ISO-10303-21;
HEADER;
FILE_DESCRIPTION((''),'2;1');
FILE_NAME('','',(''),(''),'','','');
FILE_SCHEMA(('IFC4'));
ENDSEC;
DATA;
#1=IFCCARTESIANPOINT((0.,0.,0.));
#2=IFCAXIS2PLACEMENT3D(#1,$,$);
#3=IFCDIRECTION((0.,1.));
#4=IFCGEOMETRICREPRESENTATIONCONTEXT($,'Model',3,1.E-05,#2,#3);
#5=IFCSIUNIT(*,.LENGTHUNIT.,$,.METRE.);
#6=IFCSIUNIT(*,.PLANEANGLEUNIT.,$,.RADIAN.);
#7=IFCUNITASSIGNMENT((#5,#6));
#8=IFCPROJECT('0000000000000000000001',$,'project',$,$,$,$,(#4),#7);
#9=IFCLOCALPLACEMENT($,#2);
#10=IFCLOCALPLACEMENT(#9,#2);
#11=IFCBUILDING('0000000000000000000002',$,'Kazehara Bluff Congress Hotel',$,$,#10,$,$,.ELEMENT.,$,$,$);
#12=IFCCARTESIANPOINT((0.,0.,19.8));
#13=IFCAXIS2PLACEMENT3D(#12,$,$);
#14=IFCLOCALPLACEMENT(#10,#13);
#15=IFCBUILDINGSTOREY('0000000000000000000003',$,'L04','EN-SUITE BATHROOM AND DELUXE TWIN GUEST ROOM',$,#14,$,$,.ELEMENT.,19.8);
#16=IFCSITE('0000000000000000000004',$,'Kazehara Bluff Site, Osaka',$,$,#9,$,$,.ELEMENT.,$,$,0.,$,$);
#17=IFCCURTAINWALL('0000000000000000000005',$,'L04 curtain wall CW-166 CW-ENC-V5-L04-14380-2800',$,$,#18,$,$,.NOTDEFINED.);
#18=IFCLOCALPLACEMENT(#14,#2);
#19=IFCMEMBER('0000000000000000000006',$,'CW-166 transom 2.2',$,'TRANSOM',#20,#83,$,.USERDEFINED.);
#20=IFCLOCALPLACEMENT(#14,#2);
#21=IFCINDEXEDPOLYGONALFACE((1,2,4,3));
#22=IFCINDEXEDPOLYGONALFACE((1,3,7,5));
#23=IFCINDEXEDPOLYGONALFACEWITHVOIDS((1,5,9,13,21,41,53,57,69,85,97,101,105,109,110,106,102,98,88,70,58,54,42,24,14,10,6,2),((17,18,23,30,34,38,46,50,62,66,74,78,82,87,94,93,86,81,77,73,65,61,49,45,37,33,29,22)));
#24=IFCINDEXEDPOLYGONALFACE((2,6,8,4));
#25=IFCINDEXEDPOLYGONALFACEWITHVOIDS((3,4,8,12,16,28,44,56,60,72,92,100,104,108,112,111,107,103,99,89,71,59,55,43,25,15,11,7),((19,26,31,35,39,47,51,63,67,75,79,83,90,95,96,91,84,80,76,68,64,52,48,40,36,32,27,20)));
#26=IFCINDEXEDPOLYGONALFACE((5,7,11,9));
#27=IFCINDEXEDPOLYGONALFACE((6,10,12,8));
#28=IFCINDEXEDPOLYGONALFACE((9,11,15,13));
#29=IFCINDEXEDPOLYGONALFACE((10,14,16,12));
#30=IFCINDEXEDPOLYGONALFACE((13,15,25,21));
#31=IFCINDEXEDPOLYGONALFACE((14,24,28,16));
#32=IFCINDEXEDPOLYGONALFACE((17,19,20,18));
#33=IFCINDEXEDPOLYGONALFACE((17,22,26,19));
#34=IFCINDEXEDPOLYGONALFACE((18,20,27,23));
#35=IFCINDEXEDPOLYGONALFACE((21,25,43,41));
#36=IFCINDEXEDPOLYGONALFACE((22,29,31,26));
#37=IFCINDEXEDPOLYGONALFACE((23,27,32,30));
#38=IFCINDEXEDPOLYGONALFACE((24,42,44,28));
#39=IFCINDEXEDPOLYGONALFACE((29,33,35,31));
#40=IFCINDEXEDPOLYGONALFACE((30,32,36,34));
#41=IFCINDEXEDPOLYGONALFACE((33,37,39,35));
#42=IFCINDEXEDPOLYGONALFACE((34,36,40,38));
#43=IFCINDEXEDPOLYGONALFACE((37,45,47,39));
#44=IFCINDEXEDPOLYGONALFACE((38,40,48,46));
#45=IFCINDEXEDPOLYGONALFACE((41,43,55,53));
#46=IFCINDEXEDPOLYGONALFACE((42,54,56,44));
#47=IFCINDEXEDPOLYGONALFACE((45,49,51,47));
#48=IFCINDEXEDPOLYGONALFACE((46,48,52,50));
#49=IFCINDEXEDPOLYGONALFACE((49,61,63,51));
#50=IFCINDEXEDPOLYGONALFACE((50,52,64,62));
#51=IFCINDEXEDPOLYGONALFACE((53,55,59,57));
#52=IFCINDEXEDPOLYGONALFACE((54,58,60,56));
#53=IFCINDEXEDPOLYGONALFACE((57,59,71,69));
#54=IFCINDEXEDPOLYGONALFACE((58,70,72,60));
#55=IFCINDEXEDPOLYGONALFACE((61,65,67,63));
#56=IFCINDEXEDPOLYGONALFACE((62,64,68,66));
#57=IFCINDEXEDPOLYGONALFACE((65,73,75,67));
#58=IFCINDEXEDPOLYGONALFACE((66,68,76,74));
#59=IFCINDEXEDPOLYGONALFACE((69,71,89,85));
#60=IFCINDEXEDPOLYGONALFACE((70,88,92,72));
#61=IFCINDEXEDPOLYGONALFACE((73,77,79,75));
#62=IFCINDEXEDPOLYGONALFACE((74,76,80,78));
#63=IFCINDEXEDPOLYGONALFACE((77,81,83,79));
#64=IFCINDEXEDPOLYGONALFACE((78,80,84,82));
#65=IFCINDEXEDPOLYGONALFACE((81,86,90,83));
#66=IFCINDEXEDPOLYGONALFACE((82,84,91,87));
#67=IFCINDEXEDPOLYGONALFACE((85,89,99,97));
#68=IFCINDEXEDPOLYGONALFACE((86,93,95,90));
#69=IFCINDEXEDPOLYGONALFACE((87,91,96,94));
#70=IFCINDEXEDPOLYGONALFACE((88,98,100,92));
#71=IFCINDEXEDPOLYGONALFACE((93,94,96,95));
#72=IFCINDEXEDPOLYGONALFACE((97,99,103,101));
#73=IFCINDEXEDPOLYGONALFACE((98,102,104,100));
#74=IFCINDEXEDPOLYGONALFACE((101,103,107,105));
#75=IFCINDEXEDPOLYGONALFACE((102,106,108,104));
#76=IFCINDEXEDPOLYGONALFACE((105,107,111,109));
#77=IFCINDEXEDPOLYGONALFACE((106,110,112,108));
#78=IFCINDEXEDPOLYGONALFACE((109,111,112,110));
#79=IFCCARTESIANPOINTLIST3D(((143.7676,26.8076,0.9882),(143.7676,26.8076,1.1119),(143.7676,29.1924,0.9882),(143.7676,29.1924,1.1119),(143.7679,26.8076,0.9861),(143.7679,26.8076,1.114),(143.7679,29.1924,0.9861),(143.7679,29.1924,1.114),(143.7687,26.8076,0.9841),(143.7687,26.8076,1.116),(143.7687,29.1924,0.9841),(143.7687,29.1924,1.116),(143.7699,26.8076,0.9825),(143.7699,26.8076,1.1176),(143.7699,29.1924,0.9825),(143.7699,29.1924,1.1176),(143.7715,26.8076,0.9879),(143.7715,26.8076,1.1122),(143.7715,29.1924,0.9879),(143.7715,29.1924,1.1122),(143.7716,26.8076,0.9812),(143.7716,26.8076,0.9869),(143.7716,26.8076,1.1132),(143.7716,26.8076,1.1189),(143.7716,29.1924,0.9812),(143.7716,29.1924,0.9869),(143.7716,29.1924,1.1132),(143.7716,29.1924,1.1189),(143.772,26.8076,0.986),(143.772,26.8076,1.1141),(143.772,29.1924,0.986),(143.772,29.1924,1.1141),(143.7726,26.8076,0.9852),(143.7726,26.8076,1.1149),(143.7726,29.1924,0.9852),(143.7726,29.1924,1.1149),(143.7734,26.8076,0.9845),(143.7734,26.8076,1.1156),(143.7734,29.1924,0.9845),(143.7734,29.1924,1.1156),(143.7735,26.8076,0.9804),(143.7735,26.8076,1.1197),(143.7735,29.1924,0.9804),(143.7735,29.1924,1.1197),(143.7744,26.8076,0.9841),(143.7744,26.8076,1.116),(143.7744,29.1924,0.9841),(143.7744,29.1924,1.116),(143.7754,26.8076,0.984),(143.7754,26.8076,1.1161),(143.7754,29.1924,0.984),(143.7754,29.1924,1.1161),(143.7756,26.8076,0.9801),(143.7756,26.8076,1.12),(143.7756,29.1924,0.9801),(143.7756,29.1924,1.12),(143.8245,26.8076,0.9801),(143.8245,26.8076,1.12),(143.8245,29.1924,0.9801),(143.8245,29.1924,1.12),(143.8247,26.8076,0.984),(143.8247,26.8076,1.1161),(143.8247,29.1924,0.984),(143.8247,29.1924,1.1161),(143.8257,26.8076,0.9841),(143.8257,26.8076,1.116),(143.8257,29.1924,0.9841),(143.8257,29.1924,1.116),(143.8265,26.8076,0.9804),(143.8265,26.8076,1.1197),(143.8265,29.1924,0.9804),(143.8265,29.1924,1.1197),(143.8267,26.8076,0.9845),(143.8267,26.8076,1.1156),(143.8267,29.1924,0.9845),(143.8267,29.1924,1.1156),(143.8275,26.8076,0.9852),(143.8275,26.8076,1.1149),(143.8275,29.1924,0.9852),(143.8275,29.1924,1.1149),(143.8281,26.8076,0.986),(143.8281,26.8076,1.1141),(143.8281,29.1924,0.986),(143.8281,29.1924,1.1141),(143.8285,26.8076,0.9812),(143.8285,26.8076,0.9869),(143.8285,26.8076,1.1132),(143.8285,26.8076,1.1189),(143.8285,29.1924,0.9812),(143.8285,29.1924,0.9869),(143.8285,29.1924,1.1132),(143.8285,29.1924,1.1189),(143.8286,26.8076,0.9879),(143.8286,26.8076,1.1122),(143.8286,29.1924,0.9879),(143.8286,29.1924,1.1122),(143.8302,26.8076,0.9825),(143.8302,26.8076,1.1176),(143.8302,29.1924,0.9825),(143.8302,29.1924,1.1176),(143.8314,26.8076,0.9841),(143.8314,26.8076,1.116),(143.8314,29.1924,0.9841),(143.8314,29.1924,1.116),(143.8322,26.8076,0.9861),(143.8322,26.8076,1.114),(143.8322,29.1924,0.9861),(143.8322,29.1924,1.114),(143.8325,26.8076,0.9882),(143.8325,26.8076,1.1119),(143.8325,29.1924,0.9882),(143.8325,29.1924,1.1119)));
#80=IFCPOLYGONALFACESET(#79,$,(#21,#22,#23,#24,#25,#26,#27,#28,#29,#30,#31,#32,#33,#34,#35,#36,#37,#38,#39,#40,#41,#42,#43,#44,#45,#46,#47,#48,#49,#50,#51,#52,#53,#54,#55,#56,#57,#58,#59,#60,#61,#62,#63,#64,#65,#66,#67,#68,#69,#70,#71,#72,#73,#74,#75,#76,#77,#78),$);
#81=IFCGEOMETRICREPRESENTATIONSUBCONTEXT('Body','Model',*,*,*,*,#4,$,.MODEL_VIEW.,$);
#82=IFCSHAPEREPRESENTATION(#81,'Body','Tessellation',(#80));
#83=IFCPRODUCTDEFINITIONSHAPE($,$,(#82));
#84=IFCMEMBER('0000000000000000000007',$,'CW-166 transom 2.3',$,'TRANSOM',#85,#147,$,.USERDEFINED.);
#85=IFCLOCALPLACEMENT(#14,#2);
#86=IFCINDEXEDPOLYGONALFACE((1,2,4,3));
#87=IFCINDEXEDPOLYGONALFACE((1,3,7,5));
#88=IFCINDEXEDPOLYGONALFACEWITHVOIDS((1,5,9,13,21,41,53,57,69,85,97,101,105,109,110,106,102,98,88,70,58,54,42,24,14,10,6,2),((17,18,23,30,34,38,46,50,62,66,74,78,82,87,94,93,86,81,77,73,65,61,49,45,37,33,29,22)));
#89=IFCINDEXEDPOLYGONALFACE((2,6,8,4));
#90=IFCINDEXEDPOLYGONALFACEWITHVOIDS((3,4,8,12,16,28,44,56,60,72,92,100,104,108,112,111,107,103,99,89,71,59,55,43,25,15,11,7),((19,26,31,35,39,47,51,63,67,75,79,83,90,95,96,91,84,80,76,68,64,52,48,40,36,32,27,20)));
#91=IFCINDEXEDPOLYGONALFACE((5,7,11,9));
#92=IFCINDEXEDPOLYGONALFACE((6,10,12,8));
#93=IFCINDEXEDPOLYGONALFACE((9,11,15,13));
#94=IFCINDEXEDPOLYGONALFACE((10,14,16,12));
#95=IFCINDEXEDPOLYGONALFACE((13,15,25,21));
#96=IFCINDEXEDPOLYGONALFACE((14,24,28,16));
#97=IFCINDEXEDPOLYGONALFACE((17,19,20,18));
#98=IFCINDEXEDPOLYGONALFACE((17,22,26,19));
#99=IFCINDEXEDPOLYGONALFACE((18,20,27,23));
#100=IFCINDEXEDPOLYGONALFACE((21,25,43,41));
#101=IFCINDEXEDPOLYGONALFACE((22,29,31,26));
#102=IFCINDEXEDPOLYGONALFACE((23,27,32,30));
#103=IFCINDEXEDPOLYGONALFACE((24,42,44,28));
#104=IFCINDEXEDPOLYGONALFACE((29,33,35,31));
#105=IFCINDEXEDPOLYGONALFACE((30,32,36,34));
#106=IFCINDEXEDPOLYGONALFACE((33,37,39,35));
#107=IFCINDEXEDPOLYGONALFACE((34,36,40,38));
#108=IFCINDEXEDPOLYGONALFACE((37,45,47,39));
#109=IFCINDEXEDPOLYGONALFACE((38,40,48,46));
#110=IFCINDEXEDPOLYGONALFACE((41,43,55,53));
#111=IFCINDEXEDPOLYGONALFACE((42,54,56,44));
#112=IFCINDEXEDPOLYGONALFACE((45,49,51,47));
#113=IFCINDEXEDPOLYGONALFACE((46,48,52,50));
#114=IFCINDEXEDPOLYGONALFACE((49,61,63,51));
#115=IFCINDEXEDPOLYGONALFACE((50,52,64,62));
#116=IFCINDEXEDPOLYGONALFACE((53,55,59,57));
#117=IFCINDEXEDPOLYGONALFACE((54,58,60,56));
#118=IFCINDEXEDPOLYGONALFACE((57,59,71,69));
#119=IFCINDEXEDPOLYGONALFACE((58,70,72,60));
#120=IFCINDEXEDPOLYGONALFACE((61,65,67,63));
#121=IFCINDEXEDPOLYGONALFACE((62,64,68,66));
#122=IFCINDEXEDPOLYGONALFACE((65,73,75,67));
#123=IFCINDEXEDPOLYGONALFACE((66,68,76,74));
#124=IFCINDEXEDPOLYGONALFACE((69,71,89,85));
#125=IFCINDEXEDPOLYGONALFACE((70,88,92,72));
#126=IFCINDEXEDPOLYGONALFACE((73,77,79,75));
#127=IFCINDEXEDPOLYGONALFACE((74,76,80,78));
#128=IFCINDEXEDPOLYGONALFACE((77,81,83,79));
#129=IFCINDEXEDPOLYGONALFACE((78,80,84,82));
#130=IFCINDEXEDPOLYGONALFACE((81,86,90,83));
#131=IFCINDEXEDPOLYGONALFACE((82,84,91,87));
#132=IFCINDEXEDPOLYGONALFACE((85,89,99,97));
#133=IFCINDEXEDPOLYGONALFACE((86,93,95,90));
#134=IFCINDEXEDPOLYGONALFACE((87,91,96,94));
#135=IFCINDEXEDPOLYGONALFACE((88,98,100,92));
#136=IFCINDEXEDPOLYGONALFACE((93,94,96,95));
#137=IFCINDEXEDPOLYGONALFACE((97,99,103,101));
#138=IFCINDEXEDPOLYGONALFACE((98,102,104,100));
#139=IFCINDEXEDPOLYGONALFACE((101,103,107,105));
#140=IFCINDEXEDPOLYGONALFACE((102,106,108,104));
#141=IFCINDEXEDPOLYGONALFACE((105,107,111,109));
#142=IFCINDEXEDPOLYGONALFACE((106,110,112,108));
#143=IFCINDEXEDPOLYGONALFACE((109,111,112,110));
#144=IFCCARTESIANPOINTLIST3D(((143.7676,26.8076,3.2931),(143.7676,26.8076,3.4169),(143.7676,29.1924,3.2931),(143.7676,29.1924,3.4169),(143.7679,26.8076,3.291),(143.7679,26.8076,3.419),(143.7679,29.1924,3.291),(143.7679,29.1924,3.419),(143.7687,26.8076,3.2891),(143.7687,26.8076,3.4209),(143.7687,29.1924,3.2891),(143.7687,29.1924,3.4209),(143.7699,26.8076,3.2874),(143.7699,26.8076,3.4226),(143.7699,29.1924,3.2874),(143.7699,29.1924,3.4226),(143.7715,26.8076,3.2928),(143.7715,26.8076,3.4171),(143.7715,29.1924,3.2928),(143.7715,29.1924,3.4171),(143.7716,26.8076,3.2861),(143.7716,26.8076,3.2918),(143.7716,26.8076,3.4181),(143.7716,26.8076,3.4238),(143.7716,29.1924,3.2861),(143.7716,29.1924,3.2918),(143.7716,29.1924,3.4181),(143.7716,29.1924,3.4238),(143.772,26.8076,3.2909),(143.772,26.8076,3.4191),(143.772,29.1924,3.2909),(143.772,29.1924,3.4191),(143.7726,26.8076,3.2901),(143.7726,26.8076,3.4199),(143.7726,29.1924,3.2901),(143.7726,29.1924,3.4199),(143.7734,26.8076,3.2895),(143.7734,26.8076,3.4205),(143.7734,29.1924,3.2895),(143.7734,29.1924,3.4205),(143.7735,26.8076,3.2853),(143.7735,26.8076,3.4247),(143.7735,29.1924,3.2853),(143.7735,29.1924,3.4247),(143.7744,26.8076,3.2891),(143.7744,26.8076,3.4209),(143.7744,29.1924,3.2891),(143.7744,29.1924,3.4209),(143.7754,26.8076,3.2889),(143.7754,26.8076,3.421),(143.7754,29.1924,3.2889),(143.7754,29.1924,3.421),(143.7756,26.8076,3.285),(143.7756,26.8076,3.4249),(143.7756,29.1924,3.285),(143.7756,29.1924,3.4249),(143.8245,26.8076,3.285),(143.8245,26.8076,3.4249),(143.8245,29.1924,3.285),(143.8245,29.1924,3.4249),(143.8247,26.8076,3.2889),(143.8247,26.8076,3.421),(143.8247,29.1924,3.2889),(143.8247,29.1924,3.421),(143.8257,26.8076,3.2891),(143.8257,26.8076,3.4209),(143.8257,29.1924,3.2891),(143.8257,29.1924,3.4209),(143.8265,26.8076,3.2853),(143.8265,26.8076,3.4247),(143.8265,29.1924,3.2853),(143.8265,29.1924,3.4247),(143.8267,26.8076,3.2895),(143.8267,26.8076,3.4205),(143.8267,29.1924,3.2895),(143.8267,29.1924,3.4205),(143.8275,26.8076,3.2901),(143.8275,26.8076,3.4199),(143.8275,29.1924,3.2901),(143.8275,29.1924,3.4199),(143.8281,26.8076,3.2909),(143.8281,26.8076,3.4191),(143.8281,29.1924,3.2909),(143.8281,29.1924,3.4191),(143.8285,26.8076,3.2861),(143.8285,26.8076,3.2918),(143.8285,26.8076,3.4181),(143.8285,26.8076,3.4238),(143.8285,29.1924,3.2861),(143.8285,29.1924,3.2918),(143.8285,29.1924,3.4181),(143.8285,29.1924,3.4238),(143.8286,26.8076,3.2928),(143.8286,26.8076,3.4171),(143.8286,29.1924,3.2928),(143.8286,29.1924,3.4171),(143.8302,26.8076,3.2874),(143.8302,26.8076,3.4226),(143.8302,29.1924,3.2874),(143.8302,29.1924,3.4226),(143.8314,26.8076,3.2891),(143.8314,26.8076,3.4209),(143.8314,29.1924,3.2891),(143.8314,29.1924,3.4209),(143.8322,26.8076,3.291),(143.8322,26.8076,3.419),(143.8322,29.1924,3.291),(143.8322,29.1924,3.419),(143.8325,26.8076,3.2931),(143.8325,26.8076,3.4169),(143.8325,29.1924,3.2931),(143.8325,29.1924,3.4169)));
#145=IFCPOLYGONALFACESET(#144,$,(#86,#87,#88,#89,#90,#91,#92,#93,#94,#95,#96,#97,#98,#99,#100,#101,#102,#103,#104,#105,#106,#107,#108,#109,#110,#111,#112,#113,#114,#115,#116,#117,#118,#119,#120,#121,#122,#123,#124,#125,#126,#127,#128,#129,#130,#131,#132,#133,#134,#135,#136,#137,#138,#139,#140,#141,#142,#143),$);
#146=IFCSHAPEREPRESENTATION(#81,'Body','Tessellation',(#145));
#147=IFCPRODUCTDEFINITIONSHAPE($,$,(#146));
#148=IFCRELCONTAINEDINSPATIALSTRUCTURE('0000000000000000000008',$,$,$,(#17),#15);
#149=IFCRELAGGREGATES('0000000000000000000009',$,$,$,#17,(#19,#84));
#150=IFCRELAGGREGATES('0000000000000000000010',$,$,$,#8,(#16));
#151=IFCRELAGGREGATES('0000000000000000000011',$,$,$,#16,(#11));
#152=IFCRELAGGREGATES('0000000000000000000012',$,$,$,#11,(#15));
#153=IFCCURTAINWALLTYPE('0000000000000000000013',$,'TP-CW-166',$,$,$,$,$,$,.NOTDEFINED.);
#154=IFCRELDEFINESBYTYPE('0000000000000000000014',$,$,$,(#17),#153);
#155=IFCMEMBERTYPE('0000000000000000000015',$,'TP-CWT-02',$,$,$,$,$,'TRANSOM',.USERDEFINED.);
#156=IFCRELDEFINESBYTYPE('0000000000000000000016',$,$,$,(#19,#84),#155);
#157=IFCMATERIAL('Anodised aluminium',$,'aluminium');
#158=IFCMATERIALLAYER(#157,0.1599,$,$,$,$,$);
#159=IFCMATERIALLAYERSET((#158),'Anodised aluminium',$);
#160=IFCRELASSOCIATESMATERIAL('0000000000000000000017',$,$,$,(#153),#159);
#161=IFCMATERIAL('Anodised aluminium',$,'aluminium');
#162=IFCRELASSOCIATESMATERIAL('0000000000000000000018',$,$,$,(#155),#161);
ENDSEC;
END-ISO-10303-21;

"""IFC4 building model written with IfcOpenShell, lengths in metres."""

from ifc_helpers import new_model, si_unit, direction, frame, origin, origin_2d, place, context, subcontext, project, spatial, hollow_rectangle, extrude, material, layer, layer_set, material_profile, profile_set, type_object, element, aggregate, save


model = new_model("IFC4")

# Units and contexts
model_context = context("Model", 3, precision=1e-05, world=origin(), true_north=direction((0.0, 1.0)))
body_context = subcontext(model_context, "Body", "Model", "MODEL_VIEW")
ifc_project = project(units=[si_unit("LENGTHUNIT", "METRE"), si_unit("PLANEANGLEUNIT", "RADIAN")], contexts=[model_context])

# Site, building, storey
site_placement = place(None, origin())
site = spatial("IfcSite", under=ifc_project, at=site_placement, Name="Kazehara Bluff Site, Osaka", CompositionType="ELEMENT", RefElevation=0.0)
building_placement = place(site_placement, origin())
building = spatial("IfcBuilding", under=site, at=building_placement, Name="Kazehara Bluff Congress Hotel", CompositionType="ELEMENT")
storey_placement = place(building_placement, frame((0.0, 0.0, 19.8)))
storey = spatial("IfcBuildingStorey", under=building, at=storey_placement, Name="L04", Description="EN-SUITE BATHROOM AND DELUXE TWIN GUEST ROOM", CompositionType="ELEMENT", Elevation=19.8)

# Curtain wall, members
ifc_material_1 = material(Name="Anodised aluminium", Category="aluminium")
ifc_layer_1 = layer(ifc_material_1, 0.1599)
ifc_layer_set_1 = layer_set([ifc_layer_1], Name="Anodised aluminium")
curtain_wall_type_1 = type_object("IfcCurtainWallType", Name="TP-CW-166", PredefinedType="NOTDEFINED", material=ifc_layer_set_1)
curtain_wall_1_placement = place(storey_placement, origin())
curtain_wall_1 = element("IfcCurtainWall", 1, at=curtain_wall_1_placement, inside=storey, type_object=curtain_wall_type_1, Name="L04 curtain wall CW-166 CW-ENC-V5-L04-14380-2800", PredefinedType="NOTDEFINED")
ifc_material_2 = material(Name="Anodised aluminium", Category="aluminium")
ifc_material_profile_1 = material_profile(ifc_material_2, hollow_rectangle(XDim=0.0649, YDim=0.1399, WallThickness=0.0039, InnerFilletRadius=0.0039, OuterFilletRadius=0.0081, at=origin_2d()))
ifc_profile_set_1 = profile_set([ifc_material_profile_1], Name="Anodised aluminium")
member_type_1 = type_object("IfcMemberType", Name="TP-CWT-02", ElementType="TRANSOM", PredefinedType="USERDEFINED", material=ifc_profile_set_1)
member_1_placement = place(storey_placement, frame((143.8, 26.8076, 1.05), z_axis=(0.0, 1.0, 0.0), x_axis=(-1.0, 0.0, 0.0)))
member_1 = element("IfcMember", 2, at=member_1_placement, type_object=member_type_1, Name="CW-166 transom 2.2", ObjectType="TRANSOM", PredefinedType="USERDEFINED", context=body_context, shape_type="SweptSolid", body=[
    extrude(hollow_rectangle(XDim=0.0649, YDim=0.1399, WallThickness=0.0039, InnerFilletRadius=0.0039, OuterFilletRadius=0.0081, at=origin_2d()), origin(), (0.0, 0.0, 1.0), 2.3848),
])
member_2_placement = place(storey_placement, frame((143.8, 26.8076, 3.355), z_axis=(0.0, 1.0, 0.0), x_axis=(-1.0, 0.0, 0.0)))
member_2 = element("IfcMember", 3, at=member_2_placement, type_object=member_type_1, Name="CW-166 transom 2.3", ObjectType="TRANSOM", PredefinedType="USERDEFINED", context=body_context, shape_type="SweptSolid", body=[
    extrude(hollow_rectangle(XDim=0.0649, YDim=0.1399, WallThickness=0.0039, InnerFilletRadius=0.0039, OuterFilletRadius=0.0081, at=origin_2d()), origin(), (0.0, 0.0, 1.0), 2.3848),
])

aggregate(curtain_wall_1, [member_1, member_2])

save(model, "model.ifc")
